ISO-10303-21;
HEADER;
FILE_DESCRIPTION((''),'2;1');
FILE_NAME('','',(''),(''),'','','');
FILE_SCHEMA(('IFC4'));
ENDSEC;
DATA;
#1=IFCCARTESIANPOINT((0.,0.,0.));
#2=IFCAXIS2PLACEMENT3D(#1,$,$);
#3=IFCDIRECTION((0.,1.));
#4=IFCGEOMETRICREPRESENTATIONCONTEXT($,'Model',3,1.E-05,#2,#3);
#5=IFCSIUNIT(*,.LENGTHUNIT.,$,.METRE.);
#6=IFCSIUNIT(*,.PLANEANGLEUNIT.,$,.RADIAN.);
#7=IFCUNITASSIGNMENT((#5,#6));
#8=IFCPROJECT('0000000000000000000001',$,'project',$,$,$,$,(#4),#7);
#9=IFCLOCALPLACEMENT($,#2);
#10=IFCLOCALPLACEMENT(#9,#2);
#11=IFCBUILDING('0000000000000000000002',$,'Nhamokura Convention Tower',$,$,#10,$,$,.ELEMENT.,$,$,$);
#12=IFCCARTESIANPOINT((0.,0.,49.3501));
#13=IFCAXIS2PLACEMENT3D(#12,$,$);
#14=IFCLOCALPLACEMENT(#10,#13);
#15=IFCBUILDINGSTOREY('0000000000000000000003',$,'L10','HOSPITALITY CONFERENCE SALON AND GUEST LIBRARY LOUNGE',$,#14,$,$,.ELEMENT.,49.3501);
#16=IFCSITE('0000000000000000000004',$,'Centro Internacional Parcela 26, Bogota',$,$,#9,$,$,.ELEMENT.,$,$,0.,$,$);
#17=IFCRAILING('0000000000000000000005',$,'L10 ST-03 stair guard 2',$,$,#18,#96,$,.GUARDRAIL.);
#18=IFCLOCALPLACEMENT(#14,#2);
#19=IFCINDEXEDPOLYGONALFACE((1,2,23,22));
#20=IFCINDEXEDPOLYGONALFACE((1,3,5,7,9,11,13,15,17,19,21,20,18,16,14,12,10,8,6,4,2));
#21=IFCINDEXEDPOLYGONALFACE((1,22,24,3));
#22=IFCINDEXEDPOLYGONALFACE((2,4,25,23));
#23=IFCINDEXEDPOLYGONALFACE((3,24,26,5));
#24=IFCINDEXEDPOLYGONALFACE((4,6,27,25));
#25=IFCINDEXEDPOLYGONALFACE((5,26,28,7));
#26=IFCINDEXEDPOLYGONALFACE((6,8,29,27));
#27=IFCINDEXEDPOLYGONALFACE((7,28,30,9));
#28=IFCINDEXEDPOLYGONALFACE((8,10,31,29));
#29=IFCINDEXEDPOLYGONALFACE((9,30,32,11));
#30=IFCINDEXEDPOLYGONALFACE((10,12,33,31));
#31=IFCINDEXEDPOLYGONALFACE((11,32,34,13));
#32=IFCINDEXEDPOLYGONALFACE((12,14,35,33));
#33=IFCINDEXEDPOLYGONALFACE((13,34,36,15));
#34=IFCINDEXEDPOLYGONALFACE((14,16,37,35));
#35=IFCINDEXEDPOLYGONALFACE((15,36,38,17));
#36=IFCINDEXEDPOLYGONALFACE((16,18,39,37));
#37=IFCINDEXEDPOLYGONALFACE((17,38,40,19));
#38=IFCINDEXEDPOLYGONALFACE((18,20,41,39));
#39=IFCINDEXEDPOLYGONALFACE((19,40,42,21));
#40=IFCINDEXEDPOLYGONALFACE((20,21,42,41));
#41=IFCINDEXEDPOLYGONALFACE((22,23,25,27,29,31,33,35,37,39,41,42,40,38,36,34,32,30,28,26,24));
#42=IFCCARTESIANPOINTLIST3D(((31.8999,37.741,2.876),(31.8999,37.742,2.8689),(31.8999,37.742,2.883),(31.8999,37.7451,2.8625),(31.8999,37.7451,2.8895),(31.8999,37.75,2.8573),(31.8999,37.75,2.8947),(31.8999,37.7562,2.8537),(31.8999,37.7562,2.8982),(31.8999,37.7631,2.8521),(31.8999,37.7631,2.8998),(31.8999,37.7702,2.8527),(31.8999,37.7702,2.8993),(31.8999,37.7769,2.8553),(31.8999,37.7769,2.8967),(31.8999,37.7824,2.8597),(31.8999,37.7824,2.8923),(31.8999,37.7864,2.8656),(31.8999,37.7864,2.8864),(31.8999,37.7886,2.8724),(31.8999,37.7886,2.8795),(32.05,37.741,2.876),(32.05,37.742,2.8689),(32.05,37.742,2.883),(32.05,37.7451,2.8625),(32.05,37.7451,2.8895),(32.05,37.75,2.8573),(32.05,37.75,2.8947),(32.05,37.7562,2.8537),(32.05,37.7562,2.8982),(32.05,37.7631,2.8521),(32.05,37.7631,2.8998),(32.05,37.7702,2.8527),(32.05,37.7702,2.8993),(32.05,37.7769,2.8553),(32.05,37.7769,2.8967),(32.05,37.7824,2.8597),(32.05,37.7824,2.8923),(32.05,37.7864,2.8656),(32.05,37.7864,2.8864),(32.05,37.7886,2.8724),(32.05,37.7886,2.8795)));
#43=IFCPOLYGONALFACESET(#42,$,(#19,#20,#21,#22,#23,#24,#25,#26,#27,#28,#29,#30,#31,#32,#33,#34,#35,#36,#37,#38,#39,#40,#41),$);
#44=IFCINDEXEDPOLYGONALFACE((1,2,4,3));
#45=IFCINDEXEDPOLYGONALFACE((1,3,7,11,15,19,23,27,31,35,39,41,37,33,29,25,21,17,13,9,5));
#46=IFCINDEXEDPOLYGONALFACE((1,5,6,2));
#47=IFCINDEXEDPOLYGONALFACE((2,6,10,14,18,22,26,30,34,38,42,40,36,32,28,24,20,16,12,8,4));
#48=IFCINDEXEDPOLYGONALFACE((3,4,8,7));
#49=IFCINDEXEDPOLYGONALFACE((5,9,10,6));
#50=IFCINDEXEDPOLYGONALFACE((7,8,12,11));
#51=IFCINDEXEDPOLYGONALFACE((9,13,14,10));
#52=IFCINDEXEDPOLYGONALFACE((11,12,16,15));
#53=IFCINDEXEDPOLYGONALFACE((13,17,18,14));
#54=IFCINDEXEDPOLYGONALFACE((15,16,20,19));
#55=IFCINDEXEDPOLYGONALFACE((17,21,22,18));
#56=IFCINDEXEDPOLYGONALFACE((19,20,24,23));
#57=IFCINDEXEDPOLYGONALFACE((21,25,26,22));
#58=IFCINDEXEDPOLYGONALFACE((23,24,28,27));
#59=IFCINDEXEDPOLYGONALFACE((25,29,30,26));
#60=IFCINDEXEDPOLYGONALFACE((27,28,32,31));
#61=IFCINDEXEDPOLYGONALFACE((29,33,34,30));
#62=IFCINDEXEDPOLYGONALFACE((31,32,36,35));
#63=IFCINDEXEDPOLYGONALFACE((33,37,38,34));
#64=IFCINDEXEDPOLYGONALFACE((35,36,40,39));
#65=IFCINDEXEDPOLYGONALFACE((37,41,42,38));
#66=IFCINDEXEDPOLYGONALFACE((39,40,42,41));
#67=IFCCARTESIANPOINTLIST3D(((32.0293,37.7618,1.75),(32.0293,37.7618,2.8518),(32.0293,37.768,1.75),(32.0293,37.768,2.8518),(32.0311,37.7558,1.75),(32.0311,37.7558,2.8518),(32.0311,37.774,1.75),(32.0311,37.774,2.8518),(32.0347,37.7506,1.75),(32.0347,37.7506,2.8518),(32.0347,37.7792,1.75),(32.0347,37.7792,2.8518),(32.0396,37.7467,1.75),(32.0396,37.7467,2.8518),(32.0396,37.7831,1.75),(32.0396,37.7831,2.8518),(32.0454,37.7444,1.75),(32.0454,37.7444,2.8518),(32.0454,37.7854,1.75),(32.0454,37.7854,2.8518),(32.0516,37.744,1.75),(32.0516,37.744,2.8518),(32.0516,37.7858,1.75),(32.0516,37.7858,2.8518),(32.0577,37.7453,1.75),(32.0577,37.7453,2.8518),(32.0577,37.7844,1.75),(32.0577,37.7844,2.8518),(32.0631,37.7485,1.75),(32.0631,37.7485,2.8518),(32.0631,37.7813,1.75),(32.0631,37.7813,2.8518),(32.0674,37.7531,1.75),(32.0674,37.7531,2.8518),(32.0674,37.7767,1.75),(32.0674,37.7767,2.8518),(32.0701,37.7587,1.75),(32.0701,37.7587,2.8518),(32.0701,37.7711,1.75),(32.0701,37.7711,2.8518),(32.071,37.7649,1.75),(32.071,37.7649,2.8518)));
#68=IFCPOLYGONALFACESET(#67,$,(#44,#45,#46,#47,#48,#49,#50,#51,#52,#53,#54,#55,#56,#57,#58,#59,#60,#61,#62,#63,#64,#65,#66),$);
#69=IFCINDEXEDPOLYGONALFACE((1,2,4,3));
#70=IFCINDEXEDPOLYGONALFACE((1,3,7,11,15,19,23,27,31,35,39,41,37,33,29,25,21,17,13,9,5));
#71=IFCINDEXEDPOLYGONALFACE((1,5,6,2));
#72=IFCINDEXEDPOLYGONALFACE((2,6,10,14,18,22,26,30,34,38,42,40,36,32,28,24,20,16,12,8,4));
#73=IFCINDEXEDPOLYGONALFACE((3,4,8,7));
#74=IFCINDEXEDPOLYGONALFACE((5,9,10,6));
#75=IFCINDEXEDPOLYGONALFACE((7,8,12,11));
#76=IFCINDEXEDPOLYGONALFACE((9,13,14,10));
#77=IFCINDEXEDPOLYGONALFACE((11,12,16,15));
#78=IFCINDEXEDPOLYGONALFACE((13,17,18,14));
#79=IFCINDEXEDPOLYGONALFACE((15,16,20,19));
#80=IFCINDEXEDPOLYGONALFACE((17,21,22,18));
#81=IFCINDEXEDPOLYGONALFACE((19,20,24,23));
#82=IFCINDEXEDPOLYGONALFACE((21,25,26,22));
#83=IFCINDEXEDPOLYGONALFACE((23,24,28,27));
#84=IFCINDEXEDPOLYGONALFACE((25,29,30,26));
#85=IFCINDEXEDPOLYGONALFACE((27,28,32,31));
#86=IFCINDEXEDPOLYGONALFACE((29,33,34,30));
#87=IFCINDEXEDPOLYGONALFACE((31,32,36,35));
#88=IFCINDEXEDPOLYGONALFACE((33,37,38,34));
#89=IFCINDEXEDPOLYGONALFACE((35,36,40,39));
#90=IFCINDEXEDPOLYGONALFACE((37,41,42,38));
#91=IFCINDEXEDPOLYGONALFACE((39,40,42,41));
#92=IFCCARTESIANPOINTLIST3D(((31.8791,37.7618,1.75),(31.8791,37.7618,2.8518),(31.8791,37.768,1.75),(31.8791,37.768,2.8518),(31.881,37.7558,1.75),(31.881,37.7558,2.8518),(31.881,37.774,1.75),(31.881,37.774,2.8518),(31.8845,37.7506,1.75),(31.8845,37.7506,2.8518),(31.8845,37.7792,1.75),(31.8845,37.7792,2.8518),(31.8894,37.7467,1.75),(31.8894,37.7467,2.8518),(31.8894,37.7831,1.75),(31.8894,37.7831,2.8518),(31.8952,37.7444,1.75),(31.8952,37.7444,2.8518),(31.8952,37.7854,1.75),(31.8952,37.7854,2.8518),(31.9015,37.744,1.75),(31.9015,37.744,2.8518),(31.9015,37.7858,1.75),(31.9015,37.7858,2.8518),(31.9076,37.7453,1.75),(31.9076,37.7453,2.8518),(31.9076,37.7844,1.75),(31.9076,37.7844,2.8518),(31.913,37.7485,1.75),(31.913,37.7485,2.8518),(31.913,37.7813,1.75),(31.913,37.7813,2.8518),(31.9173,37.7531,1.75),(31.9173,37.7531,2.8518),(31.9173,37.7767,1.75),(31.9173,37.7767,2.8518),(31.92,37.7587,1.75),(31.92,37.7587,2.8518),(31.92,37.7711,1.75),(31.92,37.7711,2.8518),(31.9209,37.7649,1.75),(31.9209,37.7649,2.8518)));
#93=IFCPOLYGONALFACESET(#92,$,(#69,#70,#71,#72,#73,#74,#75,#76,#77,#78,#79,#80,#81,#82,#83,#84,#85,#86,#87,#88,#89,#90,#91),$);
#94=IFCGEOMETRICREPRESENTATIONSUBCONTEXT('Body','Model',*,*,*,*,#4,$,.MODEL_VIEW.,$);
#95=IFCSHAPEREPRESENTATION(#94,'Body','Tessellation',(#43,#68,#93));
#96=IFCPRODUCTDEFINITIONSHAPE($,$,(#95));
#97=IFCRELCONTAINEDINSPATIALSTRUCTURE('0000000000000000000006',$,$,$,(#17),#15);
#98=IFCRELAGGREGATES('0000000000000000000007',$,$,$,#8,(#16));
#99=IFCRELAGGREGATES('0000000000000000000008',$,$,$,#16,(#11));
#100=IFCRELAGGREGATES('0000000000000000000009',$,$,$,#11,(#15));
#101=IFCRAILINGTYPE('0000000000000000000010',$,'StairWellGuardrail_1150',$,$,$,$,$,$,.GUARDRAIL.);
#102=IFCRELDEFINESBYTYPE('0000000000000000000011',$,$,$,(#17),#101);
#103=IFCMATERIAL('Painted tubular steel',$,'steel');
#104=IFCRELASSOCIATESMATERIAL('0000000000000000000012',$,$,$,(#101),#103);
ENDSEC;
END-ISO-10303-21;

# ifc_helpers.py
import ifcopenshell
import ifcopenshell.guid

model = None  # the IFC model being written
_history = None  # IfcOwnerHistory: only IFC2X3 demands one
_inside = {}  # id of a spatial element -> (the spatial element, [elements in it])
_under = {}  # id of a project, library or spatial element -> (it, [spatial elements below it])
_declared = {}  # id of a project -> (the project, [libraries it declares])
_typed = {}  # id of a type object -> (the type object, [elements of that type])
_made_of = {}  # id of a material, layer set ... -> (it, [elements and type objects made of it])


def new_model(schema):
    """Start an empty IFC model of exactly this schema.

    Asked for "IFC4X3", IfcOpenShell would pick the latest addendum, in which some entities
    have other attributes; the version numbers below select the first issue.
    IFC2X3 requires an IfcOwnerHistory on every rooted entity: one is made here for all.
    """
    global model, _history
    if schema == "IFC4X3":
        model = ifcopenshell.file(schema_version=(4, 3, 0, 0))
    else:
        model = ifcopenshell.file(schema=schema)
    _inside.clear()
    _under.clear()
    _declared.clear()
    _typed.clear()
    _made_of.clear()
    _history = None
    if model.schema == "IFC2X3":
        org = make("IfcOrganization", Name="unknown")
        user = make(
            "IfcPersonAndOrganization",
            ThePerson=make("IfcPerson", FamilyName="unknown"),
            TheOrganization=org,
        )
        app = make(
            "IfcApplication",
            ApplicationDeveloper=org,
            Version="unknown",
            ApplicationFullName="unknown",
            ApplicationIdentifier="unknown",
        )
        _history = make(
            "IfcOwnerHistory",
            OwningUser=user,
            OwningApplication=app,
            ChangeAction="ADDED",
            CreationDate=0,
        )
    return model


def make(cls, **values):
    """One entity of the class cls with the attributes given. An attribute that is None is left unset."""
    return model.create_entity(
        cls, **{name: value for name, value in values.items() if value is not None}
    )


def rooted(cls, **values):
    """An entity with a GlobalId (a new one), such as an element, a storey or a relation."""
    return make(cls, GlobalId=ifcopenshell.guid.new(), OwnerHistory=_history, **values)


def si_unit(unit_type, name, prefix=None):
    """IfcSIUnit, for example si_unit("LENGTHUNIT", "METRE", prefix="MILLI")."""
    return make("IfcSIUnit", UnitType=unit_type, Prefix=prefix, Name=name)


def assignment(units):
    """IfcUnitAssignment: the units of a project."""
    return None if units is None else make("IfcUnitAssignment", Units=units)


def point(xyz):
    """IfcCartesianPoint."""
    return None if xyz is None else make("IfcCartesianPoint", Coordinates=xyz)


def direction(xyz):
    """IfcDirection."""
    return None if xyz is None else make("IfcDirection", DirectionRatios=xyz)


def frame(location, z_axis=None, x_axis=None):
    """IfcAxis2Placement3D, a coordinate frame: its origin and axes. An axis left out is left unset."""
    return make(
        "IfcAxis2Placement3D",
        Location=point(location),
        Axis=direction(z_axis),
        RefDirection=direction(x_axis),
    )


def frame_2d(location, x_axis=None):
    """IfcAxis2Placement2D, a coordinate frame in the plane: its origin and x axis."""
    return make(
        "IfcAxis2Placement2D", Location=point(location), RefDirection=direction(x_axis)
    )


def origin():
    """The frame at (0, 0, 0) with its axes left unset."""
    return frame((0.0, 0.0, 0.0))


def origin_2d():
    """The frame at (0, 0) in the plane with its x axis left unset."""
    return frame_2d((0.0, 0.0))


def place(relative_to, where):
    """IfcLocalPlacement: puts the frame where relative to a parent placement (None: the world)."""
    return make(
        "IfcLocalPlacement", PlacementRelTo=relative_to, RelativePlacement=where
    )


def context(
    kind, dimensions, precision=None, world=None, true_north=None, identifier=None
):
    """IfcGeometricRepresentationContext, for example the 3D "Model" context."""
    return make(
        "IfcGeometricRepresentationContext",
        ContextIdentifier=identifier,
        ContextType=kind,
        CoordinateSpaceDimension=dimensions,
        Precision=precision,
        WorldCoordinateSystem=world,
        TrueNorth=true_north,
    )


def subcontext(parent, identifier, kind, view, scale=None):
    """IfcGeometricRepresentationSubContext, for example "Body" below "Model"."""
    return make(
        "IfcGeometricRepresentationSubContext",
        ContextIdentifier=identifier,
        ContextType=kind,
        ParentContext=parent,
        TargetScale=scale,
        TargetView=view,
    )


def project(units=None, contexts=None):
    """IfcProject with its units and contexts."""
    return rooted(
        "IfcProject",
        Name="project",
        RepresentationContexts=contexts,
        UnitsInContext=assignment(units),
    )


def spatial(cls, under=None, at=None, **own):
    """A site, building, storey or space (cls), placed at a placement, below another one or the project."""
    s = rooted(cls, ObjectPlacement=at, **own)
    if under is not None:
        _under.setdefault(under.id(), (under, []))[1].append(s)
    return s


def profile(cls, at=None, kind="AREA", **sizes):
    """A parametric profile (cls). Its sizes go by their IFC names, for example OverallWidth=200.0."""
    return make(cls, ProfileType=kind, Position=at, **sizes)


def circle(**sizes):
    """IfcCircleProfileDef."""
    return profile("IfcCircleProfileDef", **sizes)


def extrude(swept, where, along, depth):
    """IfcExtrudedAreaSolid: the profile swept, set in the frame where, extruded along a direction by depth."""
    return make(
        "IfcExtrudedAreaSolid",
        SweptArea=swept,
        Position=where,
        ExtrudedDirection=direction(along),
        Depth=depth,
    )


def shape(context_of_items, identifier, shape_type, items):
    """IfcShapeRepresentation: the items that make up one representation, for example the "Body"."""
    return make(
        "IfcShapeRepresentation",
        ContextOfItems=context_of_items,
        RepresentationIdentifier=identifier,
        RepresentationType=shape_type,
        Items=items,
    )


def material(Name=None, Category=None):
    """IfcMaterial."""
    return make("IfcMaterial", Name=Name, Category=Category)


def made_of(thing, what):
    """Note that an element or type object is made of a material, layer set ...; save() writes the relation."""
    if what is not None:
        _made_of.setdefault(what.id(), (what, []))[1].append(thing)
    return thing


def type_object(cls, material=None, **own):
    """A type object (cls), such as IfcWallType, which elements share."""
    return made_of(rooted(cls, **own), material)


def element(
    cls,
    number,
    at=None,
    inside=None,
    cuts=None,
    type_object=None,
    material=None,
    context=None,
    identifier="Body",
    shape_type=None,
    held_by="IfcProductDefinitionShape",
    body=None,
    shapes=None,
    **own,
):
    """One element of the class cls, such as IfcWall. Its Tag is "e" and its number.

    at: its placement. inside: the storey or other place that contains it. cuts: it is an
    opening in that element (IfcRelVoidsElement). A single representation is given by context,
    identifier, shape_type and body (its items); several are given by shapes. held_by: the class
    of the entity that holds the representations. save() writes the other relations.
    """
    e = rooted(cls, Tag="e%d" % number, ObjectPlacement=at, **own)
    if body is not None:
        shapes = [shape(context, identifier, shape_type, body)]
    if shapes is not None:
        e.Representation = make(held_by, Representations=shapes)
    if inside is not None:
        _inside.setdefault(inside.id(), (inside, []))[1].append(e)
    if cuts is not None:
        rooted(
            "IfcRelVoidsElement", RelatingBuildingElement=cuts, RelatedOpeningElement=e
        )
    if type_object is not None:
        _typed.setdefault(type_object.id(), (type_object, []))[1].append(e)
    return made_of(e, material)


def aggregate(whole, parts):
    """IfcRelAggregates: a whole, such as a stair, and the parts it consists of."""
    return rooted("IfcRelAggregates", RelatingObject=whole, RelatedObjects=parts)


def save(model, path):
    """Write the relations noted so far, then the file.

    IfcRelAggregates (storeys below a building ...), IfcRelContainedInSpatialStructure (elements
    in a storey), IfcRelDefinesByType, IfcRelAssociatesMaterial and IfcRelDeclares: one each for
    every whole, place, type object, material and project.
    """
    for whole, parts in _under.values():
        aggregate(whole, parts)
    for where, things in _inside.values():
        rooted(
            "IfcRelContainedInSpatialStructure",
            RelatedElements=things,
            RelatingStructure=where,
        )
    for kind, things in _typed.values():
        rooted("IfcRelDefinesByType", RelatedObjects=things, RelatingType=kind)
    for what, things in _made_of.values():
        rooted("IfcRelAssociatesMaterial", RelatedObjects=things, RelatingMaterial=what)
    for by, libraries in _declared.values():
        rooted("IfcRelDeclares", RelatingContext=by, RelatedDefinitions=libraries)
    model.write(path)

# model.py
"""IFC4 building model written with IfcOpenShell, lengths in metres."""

from ifc_helpers import new_model, si_unit, direction, frame, origin, origin_2d, place, context, subcontext, project, spatial, circle, extrude, material, type_object, element, save


model = new_model("IFC4")

# Units and contexts
model_context = context("Model", 3, precision=1e-05, world=origin(), true_north=direction((0.0, 1.0)))
body_context = subcontext(model_context, "Body", "Model", "MODEL_VIEW")
ifc_project = project(units=[si_unit("LENGTHUNIT", "METRE"), si_unit("PLANEANGLEUNIT", "RADIAN")], contexts=[model_context])

# Site, building, storey
site_placement = place(None, origin())
site = spatial("IfcSite", under=ifc_project, at=site_placement, Name="Centro Internacional Parcela 26, Bogota", CompositionType="ELEMENT", RefElevation=0.0)
building_placement = place(site_placement, origin())
building = spatial("IfcBuilding", under=site, at=building_placement, Name="Nhamokura Convention Tower", CompositionType="ELEMENT")
storey_placement = place(building_placement, frame((0.0, 0.0, 49.3501)))
storey = spatial("IfcBuildingStorey", under=building, at=storey_placement, Name="L10", Description="HOSPITALITY CONFERENCE SALON AND GUEST LIBRARY LOUNGE", CompositionType="ELEMENT", Elevation=49.3501)

# Railing
ifc_material_1 = material(Name="Painted tubular steel", Category="steel")
railing_type_1 = type_object("IfcRailingType", Name="StairWellGuardrail_1150", PredefinedType="GUARDRAIL", material=ifc_material_1)
railing_1_placement = place(storey_placement, frame((32.05, 37.7649, 1.75)))
element("IfcRailing", 1, at=railing_1_placement, inside=storey, type_object=railing_type_1, Name="L10 ST-03 stair guard 2", PredefinedType="GUARDRAIL", context=body_context, shape_type="SweptSolid", body=[
    extrude(circle(Radius=0.0239, at=origin_2d()), frame((0.0, 0.0, 1.126), z_axis=(-1.0, 0.0, 0.0), x_axis=(0.0, -1.0, 0.0)), (0.0, 0.0, 1.0), 0.1501),
    extrude(circle(Radius=0.021, at=origin_2d()), origin(), (0.0, 0.0, 1.0), 1.1018),
    extrude(circle(Radius=0.021, at=origin_2d()), frame((-0.1501, 0.0, 0.0)), (0.0, 0.0, 1.0), 1.1018),
])

save(model, "model.ifc")
